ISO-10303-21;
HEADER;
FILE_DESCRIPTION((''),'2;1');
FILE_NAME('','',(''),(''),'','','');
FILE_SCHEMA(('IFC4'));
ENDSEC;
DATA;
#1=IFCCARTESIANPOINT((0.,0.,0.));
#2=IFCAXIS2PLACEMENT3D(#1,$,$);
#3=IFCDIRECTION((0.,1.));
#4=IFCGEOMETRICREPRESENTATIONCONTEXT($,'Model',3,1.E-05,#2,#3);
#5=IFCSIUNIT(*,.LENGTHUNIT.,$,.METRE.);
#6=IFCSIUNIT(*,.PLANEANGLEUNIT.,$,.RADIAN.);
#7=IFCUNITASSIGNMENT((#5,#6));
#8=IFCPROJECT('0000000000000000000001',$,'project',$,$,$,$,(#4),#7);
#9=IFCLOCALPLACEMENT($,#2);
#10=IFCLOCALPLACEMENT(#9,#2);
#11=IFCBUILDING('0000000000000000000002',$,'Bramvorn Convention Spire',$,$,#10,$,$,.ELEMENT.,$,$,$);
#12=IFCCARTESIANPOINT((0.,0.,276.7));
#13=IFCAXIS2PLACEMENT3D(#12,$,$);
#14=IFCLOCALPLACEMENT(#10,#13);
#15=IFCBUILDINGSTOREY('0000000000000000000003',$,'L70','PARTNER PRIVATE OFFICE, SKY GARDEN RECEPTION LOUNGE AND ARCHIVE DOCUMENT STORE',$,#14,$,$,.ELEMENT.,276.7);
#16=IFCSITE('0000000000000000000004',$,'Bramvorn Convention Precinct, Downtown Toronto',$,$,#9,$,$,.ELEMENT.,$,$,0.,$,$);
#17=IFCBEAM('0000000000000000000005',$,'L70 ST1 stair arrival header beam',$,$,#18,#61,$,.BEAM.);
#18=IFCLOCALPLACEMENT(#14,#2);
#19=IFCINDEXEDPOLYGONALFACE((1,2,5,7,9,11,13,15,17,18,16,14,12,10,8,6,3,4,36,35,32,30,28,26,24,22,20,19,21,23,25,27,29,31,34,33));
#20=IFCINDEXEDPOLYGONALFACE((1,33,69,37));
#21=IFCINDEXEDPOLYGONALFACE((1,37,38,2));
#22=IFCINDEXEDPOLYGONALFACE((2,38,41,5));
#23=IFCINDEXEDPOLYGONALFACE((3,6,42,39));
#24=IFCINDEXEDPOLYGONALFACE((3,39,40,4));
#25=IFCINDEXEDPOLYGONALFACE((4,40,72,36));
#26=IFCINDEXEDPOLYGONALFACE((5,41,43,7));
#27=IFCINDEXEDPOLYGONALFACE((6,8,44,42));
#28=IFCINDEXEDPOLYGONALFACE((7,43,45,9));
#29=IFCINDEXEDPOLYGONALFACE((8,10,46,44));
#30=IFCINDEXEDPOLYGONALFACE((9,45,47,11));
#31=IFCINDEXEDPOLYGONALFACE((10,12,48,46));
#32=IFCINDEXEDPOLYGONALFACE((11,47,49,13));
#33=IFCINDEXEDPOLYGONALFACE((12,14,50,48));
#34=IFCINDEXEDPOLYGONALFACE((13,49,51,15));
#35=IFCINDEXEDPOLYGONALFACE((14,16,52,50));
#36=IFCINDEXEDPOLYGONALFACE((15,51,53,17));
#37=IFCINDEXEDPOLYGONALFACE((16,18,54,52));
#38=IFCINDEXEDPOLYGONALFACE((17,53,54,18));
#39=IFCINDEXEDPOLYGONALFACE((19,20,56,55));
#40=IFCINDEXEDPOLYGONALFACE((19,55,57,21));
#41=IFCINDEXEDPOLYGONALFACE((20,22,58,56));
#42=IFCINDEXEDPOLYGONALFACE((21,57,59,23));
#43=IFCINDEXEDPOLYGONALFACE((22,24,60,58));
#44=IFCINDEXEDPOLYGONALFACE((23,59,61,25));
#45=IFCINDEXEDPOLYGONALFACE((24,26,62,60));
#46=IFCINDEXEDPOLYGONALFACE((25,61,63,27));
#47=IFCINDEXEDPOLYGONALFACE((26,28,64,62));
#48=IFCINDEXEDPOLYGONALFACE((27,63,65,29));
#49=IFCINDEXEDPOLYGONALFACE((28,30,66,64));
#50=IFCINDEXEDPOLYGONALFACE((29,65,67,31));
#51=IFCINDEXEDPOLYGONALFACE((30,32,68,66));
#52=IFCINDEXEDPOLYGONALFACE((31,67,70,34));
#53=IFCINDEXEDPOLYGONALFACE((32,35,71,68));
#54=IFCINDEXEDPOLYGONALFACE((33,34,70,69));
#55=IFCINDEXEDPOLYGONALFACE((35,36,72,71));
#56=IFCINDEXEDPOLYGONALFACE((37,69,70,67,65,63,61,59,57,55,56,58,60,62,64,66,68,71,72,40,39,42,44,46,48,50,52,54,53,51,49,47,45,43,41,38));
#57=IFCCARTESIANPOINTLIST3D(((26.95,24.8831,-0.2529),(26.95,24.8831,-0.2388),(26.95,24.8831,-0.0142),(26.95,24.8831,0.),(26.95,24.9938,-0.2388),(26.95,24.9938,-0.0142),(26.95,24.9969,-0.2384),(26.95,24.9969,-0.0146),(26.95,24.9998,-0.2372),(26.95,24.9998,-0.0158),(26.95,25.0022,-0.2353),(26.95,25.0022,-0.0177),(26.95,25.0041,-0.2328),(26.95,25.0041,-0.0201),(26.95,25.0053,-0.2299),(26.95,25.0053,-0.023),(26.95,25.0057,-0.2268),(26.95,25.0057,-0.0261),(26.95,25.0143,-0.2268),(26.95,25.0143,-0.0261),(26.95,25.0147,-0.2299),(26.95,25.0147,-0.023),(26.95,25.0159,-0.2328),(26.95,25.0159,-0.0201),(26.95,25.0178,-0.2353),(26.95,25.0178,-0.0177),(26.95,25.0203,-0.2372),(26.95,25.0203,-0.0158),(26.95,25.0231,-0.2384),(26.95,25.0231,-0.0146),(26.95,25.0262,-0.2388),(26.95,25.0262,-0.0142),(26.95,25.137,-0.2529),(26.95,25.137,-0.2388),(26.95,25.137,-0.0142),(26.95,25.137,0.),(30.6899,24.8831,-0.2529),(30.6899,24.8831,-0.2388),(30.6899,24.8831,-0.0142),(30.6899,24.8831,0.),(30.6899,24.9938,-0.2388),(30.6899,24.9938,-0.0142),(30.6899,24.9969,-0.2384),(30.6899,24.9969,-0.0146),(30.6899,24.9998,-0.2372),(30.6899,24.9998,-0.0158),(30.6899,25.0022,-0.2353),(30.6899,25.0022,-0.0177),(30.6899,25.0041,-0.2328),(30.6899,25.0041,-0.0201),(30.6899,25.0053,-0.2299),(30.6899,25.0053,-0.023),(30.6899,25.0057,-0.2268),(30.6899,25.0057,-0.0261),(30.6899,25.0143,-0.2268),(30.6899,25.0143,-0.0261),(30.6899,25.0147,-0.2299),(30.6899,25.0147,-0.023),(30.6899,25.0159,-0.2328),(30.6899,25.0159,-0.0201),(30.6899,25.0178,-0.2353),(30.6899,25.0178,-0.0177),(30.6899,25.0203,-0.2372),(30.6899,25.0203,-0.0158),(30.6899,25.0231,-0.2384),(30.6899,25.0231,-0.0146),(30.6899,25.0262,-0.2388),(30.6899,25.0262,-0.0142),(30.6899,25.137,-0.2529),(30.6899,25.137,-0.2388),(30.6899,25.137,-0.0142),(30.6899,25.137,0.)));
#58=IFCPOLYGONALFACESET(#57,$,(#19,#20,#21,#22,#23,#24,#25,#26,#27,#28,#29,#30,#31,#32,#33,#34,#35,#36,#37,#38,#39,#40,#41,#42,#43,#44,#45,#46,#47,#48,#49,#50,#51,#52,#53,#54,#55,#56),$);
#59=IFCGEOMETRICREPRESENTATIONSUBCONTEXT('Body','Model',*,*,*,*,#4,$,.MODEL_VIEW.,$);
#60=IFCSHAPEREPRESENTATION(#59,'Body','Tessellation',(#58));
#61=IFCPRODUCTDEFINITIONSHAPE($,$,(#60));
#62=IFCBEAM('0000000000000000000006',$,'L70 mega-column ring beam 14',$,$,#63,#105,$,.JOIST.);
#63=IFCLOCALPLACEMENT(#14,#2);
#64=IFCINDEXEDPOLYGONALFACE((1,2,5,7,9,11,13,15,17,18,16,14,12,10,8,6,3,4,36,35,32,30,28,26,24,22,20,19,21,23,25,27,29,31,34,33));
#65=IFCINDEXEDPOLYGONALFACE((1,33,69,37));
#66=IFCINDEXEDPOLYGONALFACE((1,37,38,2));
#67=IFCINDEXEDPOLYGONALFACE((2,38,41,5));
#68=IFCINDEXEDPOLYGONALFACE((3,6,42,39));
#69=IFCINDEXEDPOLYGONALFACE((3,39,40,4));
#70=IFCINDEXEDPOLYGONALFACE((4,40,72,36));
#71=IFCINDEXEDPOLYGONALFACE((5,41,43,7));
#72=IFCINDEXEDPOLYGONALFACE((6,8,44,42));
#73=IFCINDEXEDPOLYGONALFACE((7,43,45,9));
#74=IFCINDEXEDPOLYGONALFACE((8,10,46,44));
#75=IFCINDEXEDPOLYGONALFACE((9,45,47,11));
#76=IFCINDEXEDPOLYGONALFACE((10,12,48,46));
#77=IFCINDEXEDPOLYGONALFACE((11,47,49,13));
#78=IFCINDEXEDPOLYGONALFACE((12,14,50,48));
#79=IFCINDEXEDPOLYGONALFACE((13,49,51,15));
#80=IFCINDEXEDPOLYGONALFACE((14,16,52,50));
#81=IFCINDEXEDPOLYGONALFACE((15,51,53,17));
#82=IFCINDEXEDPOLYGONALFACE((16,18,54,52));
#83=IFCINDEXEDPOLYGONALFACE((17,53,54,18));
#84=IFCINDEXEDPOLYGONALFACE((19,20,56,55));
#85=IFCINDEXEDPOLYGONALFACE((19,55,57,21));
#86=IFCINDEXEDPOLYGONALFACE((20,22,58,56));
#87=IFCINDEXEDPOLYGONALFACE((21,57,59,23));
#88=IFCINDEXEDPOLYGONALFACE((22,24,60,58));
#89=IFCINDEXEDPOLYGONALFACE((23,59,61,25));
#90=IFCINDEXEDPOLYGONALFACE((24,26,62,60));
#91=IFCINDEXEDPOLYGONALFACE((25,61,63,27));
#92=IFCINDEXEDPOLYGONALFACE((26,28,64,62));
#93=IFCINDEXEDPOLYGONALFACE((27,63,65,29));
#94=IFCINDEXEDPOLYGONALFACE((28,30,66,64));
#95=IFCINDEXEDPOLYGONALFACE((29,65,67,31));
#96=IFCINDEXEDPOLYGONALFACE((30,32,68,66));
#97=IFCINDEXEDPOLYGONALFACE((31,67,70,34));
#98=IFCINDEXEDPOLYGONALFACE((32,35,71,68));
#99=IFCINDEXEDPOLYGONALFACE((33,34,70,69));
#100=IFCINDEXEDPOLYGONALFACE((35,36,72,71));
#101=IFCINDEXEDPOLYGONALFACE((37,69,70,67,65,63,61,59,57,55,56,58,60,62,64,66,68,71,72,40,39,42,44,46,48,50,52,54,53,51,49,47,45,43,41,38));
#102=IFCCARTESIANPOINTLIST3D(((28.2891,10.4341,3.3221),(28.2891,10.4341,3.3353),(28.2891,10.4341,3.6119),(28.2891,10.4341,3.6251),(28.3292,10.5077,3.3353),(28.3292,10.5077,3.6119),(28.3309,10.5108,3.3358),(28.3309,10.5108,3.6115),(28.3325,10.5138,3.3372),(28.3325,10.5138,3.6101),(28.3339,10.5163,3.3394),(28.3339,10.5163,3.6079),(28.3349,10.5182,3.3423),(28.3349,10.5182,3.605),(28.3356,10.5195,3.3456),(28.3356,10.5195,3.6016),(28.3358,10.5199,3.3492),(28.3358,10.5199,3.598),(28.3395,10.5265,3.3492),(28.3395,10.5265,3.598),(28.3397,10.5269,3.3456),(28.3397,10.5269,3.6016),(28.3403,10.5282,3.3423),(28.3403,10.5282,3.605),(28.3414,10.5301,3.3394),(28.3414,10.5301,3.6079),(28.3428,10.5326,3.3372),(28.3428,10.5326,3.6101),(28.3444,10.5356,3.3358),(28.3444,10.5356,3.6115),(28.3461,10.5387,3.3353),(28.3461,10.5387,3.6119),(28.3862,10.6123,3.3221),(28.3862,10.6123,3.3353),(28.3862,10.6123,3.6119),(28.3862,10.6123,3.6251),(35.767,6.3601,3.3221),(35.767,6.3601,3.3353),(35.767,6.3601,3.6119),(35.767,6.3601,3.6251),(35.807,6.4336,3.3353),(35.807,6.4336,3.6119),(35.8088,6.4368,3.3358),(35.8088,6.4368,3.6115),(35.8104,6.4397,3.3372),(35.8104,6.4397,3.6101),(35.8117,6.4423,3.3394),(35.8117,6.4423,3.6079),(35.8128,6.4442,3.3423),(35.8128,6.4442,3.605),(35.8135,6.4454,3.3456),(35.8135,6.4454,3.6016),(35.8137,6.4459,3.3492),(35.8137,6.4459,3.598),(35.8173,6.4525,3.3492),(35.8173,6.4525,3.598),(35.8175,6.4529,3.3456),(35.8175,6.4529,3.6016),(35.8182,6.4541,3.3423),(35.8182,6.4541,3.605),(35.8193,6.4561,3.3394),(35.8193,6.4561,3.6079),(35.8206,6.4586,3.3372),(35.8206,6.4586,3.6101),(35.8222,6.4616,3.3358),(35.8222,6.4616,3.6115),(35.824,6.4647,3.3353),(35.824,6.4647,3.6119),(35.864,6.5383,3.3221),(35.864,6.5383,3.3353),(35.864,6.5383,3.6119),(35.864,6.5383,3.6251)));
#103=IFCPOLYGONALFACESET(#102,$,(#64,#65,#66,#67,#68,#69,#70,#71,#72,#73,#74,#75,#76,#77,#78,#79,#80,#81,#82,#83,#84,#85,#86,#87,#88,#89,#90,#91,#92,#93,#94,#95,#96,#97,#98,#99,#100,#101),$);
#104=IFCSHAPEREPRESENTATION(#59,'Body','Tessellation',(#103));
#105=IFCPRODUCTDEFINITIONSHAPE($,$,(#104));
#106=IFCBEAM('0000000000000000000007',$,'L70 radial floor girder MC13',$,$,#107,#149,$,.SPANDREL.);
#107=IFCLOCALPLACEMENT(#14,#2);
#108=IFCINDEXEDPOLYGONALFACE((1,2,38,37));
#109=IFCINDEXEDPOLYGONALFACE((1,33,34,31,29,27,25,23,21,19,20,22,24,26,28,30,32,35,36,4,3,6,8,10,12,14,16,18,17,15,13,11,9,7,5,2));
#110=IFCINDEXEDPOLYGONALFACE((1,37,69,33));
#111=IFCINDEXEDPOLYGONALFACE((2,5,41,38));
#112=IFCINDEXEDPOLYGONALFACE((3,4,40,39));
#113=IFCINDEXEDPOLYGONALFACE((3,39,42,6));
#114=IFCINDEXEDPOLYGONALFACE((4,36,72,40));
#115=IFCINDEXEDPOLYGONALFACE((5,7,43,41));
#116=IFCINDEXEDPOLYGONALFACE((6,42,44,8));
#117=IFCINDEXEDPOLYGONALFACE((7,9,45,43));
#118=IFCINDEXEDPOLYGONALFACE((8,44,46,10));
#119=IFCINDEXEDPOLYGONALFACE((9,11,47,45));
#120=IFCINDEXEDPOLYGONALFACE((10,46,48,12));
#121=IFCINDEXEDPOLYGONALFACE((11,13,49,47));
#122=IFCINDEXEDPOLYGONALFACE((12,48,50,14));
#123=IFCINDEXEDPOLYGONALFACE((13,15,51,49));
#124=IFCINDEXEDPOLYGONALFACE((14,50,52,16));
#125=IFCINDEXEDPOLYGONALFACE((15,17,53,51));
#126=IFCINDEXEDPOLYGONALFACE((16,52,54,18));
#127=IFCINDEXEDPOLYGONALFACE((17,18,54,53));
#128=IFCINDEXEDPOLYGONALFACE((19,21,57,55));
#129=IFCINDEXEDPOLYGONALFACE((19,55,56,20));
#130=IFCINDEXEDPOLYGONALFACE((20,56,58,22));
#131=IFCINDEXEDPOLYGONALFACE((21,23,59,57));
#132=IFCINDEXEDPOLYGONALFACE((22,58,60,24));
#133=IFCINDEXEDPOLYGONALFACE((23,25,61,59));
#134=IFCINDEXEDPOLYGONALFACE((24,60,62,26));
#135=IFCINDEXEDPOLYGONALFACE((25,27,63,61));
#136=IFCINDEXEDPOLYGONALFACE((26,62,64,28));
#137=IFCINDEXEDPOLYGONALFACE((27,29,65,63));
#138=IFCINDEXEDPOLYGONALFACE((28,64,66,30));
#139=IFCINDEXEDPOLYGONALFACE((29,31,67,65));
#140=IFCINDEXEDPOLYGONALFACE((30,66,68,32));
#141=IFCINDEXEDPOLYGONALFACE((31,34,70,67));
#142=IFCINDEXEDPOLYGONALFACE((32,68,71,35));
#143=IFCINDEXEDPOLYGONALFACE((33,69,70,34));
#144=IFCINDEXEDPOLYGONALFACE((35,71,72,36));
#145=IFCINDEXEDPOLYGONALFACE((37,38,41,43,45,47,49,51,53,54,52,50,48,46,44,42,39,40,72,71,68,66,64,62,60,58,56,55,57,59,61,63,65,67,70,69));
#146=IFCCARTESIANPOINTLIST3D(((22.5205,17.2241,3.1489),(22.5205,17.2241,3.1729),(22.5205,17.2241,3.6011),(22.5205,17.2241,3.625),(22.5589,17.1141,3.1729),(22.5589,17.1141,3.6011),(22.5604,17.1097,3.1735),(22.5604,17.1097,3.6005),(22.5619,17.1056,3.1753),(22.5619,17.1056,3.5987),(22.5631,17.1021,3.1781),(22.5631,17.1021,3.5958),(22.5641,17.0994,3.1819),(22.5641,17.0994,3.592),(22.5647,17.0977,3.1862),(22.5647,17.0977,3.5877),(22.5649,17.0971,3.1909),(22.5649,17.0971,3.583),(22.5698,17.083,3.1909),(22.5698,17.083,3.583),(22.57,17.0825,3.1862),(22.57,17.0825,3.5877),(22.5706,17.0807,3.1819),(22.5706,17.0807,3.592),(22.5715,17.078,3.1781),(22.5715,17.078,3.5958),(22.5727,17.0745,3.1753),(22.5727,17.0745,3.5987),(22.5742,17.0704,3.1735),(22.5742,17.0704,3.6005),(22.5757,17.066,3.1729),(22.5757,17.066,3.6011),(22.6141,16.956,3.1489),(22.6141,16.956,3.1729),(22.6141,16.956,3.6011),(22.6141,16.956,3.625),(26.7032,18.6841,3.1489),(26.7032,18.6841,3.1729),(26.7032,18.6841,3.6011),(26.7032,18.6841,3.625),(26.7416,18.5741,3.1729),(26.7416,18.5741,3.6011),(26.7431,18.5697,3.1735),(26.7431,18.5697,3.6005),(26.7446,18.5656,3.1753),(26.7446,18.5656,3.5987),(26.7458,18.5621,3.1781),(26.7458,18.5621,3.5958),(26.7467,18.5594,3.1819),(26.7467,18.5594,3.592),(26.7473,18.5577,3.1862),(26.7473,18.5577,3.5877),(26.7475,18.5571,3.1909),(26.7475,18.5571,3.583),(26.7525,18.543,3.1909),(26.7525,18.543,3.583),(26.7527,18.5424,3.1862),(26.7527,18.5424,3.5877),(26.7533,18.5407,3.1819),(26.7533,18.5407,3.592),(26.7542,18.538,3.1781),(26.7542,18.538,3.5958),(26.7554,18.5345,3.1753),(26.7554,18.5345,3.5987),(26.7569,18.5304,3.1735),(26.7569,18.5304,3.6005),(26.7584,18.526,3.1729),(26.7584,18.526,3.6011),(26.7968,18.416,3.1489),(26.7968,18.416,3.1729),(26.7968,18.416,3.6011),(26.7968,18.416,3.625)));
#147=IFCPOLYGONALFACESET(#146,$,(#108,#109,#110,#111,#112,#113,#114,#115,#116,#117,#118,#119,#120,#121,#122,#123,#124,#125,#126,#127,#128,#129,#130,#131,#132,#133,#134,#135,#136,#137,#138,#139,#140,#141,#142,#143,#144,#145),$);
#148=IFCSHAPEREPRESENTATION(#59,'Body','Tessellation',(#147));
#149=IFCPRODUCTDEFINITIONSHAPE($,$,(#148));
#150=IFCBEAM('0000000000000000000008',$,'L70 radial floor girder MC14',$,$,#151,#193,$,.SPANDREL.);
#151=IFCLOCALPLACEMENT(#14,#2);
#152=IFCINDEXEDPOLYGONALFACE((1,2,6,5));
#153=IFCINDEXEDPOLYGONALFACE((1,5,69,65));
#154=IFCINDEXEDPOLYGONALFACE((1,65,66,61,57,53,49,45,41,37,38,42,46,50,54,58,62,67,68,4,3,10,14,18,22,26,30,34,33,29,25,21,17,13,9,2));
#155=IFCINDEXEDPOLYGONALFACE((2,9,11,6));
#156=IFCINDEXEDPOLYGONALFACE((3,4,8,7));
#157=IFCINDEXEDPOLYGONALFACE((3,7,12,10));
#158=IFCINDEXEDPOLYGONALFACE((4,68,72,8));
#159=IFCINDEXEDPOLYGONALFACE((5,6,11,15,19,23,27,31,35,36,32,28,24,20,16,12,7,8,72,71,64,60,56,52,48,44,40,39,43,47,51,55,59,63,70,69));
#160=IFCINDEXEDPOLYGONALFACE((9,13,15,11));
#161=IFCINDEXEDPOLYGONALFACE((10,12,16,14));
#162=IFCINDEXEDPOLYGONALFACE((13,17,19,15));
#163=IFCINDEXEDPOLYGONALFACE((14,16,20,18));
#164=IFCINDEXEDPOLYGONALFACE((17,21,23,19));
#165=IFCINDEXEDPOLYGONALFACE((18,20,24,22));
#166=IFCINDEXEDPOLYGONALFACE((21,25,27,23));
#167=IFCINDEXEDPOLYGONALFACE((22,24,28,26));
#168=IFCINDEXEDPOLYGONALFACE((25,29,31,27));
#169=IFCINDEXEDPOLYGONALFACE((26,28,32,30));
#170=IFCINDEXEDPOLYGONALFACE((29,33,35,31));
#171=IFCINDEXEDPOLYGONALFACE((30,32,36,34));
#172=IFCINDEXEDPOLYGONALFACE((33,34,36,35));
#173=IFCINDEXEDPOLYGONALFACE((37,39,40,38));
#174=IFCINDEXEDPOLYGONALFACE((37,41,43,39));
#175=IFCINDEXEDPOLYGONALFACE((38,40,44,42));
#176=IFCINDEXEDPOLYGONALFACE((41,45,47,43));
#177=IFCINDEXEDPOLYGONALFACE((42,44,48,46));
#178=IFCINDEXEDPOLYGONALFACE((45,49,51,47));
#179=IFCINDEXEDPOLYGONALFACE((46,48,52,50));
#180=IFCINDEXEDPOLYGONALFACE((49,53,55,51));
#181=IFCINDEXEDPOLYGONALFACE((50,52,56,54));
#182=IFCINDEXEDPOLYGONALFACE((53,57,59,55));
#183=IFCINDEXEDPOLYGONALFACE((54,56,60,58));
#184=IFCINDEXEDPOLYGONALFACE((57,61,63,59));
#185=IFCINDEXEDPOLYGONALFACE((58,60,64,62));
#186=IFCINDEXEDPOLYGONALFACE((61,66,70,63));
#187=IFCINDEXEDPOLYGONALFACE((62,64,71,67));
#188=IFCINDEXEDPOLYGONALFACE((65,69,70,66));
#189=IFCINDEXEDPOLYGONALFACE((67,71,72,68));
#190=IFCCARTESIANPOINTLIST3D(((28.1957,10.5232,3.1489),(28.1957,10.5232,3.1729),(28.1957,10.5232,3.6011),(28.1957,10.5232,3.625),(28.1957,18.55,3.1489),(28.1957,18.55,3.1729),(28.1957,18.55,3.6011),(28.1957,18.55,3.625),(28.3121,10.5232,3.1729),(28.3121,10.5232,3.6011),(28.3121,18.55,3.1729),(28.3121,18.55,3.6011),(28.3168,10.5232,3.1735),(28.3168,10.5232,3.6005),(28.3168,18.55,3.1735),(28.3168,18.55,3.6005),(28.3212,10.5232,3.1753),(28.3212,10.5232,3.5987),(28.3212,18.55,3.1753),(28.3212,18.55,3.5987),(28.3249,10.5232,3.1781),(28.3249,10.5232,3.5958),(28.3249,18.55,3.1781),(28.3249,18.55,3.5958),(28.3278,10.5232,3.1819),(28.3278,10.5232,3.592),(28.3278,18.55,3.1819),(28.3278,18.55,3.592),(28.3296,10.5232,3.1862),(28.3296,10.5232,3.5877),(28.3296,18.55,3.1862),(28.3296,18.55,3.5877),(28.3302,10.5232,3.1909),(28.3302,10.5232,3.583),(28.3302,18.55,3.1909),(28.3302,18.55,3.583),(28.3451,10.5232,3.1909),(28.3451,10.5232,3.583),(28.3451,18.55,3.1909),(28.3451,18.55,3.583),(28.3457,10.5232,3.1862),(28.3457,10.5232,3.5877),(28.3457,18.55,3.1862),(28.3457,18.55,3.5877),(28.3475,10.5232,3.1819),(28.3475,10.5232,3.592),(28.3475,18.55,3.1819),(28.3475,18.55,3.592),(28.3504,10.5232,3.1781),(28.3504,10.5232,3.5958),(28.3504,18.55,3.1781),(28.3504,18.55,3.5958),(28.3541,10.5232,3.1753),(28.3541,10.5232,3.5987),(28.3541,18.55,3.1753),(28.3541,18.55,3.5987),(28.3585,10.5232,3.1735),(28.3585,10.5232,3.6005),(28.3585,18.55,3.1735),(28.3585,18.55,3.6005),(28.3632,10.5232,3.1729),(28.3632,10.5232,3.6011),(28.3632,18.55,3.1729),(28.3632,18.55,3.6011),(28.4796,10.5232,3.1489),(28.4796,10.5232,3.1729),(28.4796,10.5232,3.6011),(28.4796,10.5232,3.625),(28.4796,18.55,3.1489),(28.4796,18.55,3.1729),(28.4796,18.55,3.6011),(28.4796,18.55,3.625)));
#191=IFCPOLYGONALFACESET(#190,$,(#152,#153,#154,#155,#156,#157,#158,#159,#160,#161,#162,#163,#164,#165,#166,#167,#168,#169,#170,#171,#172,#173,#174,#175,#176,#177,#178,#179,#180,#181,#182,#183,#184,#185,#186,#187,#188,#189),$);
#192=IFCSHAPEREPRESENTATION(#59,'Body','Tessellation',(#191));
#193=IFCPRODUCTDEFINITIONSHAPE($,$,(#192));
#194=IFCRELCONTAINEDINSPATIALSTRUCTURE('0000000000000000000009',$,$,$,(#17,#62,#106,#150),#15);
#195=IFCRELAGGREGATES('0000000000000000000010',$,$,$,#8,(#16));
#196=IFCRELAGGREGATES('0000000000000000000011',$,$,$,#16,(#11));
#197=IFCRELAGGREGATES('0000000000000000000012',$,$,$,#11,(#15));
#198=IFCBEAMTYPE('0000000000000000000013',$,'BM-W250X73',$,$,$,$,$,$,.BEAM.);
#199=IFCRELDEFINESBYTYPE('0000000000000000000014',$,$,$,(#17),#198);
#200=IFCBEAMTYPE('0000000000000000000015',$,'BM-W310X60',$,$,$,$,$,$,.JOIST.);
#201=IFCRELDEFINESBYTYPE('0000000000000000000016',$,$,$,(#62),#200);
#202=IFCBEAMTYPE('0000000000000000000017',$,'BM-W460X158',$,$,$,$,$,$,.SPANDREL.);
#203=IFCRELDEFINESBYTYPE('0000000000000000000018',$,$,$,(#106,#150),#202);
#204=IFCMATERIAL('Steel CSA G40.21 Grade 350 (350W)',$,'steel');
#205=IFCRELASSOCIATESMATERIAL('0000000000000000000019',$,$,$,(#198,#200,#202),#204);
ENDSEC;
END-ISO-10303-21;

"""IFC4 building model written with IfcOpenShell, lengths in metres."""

from ifc_helpers import new_model, si_unit, direction, frame, origin, origin_2d, place, context, subcontext, project, spatial, i_section, extrude, material, material_profile, profile_set, type_object, element, save


model = new_model("IFC4")

# Units and contexts
model_context = context("Model", 3, precision=1e-05, world=origin(), true_north=direction((0.0, 1.0)))
body_context = subcontext(model_context, "Body", "Model", "MODEL_VIEW")
ifc_project = project(units=[si_unit("LENGTHUNIT", "METRE"), si_unit("PLANEANGLEUNIT", "RADIAN")], contexts=[model_context])

# Site, building, storey
site_placement = place(None, origin())
site = spatial("IfcSite", under=ifc_project, at=site_placement, Name="Bramvorn Convention Precinct, Downtown Toronto", CompositionType="ELEMENT", RefElevation=0.0)
building_placement = place(site_placement, origin())
building = spatial("IfcBuilding", under=site, at=building_placement, Name="Bramvorn Convention Spire", CompositionType="ELEMENT")
storey_placement = place(building_placement, frame((0.0, 0.0, 276.7)))
storey = spatial("IfcBuildingStorey", under=building, at=storey_placement, Name="L70", Description="PARTNER PRIVATE OFFICE, SKY GARDEN RECEPTION LOUNGE AND ARCHIVE DOCUMENT STORE", CompositionType="ELEMENT", Elevation=276.7)

# Shared definitions
ifc_material_1 = material(Name="Steel CSA G40.21 Grade 350 (350W)", Category="steel")

# Beams
ifc_material_profile_1 = material_profile(ifc_material_1, i_section(OverallWidth=0.2539, OverallDepth=0.2529, WebThickness=0.0085, FlangeThickness=0.0142, FilletRadius=0.012, at=origin_2d()))
ifc_profile_set_1 = profile_set([ifc_material_profile_1], Name="Steel CSA G40.21 Grade 350 (350W) - W250X73")
beam_type_1 = type_object("IfcBeamType", Name="BM-W250X73", PredefinedType="BEAM", material=ifc_profile_set_1)
beam_1_placement = place(storey_placement, frame((26.95, 25.01, -0.1265), z_axis=(1.0, 0.0, 0.0), x_axis=(0.0, 1.0, 0.0)))
element("IfcBeam", 1, at=beam_1_placement, inside=storey, type_object=beam_type_1, Name="L70 ST1 stair arrival header beam", PredefinedType="BEAM", context=body_context, shape_type="SweptSolid", body=[
    extrude(i_section(OverallWidth=0.2539, OverallDepth=0.2529, WebThickness=0.0085, FlangeThickness=0.0142, FilletRadius=0.012, at=origin_2d()), origin(), (0.0, 0.0, 1.0), 3.74),
])
ifc_material_profile_2 = material_profile(ifc_material_1, i_section(OverallWidth=0.2029, OverallDepth=0.303, WebThickness=0.0076, FlangeThickness=0.0132, FilletRadius=0.0139, at=origin_2d()))
ifc_profile_set_2 = profile_set([ifc_material_profile_2], Name="Steel CSA G40.21 Grade 350 (350W) - W310X60")
beam_type_2 = type_object("IfcBeamType", Name="BM-W310X60", PredefinedType="JOIST", material=ifc_profile_set_2)
beam_2_placement = place(storey_placement, frame((28.3376, 10.5232, 3.4736), z_axis=(0.878133, -0.478416, 0.0), x_axis=(0.478416, 0.878133, 0.0)))
element("IfcBeam", 2, at=beam_2_placement, inside=storey, type_object=beam_type_2, Name="L70 mega-column ring beam 14", PredefinedType="JOIST", context=body_context, shape_type="SweptSolid", body=[
    extrude(i_section(OverallWidth=0.2029, OverallDepth=0.303, WebThickness=0.0076, FlangeThickness=0.0132, FilletRadius=0.0139, at=origin_2d()), origin(), (0.0, 0.0, 1.0), 8.5156),
])
ifc_material_profile_3 = material_profile(ifc_material_1, i_section(OverallWidth=0.2839, OverallDepth=0.4761, WebThickness=0.0149, FlangeThickness=0.0239, FilletRadius=0.0181, at=origin_2d()))
ifc_profile_set_3 = profile_set([ifc_material_profile_3], Name="Steel CSA G40.21 Grade 350 (350W) - W460X158")
beam_type_3 = type_object("IfcBeamType", Name="BM-W460X158", PredefinedType="SPANDREL", material=ifc_profile_set_3)
beam_3_placement = place(storey_placement, frame((26.75, 18.55, 3.387), z_axis=(-0.944136, -0.329555, 0.0), x_axis=(0.329555, -0.944136, 0.0)))
element("IfcBeam", 3, at=beam_3_placement, inside=storey, type_object=beam_type_3, Name="L70 radial floor girder MC13", PredefinedType="SPANDREL", context=body_context, shape_type="SweptSolid", body=[
    extrude(i_section(OverallWidth=0.2839, OverallDepth=0.4761, WebThickness=0.0149, FlangeThickness=0.0239, FilletRadius=0.0181, at=origin_2d()), origin(), (0.0, 0.0, 1.0), 4.4302),
])
beam_4_placement = place(storey_placement, frame((28.3376, 18.55, 3.387), z_axis=(0.0, -1.0, 0.0), x_axis=(1.0, 0.0, 0.0)))
element("IfcBeam", 4, at=beam_4_placement, inside=storey, type_object=beam_type_3, Name="L70 radial floor girder MC14", PredefinedType="SPANDREL", context=body_context, shape_type="SweptSolid", body=[
    extrude(i_section(OverallWidth=0.2839, OverallDepth=0.4761, WebThickness=0.0149, FlangeThickness=0.0239, FilletRadius=0.0181, at=origin_2d()), origin(), (0.0, 0.0, 1.0), 8.0269),
])

save(model, "model.ifc")
